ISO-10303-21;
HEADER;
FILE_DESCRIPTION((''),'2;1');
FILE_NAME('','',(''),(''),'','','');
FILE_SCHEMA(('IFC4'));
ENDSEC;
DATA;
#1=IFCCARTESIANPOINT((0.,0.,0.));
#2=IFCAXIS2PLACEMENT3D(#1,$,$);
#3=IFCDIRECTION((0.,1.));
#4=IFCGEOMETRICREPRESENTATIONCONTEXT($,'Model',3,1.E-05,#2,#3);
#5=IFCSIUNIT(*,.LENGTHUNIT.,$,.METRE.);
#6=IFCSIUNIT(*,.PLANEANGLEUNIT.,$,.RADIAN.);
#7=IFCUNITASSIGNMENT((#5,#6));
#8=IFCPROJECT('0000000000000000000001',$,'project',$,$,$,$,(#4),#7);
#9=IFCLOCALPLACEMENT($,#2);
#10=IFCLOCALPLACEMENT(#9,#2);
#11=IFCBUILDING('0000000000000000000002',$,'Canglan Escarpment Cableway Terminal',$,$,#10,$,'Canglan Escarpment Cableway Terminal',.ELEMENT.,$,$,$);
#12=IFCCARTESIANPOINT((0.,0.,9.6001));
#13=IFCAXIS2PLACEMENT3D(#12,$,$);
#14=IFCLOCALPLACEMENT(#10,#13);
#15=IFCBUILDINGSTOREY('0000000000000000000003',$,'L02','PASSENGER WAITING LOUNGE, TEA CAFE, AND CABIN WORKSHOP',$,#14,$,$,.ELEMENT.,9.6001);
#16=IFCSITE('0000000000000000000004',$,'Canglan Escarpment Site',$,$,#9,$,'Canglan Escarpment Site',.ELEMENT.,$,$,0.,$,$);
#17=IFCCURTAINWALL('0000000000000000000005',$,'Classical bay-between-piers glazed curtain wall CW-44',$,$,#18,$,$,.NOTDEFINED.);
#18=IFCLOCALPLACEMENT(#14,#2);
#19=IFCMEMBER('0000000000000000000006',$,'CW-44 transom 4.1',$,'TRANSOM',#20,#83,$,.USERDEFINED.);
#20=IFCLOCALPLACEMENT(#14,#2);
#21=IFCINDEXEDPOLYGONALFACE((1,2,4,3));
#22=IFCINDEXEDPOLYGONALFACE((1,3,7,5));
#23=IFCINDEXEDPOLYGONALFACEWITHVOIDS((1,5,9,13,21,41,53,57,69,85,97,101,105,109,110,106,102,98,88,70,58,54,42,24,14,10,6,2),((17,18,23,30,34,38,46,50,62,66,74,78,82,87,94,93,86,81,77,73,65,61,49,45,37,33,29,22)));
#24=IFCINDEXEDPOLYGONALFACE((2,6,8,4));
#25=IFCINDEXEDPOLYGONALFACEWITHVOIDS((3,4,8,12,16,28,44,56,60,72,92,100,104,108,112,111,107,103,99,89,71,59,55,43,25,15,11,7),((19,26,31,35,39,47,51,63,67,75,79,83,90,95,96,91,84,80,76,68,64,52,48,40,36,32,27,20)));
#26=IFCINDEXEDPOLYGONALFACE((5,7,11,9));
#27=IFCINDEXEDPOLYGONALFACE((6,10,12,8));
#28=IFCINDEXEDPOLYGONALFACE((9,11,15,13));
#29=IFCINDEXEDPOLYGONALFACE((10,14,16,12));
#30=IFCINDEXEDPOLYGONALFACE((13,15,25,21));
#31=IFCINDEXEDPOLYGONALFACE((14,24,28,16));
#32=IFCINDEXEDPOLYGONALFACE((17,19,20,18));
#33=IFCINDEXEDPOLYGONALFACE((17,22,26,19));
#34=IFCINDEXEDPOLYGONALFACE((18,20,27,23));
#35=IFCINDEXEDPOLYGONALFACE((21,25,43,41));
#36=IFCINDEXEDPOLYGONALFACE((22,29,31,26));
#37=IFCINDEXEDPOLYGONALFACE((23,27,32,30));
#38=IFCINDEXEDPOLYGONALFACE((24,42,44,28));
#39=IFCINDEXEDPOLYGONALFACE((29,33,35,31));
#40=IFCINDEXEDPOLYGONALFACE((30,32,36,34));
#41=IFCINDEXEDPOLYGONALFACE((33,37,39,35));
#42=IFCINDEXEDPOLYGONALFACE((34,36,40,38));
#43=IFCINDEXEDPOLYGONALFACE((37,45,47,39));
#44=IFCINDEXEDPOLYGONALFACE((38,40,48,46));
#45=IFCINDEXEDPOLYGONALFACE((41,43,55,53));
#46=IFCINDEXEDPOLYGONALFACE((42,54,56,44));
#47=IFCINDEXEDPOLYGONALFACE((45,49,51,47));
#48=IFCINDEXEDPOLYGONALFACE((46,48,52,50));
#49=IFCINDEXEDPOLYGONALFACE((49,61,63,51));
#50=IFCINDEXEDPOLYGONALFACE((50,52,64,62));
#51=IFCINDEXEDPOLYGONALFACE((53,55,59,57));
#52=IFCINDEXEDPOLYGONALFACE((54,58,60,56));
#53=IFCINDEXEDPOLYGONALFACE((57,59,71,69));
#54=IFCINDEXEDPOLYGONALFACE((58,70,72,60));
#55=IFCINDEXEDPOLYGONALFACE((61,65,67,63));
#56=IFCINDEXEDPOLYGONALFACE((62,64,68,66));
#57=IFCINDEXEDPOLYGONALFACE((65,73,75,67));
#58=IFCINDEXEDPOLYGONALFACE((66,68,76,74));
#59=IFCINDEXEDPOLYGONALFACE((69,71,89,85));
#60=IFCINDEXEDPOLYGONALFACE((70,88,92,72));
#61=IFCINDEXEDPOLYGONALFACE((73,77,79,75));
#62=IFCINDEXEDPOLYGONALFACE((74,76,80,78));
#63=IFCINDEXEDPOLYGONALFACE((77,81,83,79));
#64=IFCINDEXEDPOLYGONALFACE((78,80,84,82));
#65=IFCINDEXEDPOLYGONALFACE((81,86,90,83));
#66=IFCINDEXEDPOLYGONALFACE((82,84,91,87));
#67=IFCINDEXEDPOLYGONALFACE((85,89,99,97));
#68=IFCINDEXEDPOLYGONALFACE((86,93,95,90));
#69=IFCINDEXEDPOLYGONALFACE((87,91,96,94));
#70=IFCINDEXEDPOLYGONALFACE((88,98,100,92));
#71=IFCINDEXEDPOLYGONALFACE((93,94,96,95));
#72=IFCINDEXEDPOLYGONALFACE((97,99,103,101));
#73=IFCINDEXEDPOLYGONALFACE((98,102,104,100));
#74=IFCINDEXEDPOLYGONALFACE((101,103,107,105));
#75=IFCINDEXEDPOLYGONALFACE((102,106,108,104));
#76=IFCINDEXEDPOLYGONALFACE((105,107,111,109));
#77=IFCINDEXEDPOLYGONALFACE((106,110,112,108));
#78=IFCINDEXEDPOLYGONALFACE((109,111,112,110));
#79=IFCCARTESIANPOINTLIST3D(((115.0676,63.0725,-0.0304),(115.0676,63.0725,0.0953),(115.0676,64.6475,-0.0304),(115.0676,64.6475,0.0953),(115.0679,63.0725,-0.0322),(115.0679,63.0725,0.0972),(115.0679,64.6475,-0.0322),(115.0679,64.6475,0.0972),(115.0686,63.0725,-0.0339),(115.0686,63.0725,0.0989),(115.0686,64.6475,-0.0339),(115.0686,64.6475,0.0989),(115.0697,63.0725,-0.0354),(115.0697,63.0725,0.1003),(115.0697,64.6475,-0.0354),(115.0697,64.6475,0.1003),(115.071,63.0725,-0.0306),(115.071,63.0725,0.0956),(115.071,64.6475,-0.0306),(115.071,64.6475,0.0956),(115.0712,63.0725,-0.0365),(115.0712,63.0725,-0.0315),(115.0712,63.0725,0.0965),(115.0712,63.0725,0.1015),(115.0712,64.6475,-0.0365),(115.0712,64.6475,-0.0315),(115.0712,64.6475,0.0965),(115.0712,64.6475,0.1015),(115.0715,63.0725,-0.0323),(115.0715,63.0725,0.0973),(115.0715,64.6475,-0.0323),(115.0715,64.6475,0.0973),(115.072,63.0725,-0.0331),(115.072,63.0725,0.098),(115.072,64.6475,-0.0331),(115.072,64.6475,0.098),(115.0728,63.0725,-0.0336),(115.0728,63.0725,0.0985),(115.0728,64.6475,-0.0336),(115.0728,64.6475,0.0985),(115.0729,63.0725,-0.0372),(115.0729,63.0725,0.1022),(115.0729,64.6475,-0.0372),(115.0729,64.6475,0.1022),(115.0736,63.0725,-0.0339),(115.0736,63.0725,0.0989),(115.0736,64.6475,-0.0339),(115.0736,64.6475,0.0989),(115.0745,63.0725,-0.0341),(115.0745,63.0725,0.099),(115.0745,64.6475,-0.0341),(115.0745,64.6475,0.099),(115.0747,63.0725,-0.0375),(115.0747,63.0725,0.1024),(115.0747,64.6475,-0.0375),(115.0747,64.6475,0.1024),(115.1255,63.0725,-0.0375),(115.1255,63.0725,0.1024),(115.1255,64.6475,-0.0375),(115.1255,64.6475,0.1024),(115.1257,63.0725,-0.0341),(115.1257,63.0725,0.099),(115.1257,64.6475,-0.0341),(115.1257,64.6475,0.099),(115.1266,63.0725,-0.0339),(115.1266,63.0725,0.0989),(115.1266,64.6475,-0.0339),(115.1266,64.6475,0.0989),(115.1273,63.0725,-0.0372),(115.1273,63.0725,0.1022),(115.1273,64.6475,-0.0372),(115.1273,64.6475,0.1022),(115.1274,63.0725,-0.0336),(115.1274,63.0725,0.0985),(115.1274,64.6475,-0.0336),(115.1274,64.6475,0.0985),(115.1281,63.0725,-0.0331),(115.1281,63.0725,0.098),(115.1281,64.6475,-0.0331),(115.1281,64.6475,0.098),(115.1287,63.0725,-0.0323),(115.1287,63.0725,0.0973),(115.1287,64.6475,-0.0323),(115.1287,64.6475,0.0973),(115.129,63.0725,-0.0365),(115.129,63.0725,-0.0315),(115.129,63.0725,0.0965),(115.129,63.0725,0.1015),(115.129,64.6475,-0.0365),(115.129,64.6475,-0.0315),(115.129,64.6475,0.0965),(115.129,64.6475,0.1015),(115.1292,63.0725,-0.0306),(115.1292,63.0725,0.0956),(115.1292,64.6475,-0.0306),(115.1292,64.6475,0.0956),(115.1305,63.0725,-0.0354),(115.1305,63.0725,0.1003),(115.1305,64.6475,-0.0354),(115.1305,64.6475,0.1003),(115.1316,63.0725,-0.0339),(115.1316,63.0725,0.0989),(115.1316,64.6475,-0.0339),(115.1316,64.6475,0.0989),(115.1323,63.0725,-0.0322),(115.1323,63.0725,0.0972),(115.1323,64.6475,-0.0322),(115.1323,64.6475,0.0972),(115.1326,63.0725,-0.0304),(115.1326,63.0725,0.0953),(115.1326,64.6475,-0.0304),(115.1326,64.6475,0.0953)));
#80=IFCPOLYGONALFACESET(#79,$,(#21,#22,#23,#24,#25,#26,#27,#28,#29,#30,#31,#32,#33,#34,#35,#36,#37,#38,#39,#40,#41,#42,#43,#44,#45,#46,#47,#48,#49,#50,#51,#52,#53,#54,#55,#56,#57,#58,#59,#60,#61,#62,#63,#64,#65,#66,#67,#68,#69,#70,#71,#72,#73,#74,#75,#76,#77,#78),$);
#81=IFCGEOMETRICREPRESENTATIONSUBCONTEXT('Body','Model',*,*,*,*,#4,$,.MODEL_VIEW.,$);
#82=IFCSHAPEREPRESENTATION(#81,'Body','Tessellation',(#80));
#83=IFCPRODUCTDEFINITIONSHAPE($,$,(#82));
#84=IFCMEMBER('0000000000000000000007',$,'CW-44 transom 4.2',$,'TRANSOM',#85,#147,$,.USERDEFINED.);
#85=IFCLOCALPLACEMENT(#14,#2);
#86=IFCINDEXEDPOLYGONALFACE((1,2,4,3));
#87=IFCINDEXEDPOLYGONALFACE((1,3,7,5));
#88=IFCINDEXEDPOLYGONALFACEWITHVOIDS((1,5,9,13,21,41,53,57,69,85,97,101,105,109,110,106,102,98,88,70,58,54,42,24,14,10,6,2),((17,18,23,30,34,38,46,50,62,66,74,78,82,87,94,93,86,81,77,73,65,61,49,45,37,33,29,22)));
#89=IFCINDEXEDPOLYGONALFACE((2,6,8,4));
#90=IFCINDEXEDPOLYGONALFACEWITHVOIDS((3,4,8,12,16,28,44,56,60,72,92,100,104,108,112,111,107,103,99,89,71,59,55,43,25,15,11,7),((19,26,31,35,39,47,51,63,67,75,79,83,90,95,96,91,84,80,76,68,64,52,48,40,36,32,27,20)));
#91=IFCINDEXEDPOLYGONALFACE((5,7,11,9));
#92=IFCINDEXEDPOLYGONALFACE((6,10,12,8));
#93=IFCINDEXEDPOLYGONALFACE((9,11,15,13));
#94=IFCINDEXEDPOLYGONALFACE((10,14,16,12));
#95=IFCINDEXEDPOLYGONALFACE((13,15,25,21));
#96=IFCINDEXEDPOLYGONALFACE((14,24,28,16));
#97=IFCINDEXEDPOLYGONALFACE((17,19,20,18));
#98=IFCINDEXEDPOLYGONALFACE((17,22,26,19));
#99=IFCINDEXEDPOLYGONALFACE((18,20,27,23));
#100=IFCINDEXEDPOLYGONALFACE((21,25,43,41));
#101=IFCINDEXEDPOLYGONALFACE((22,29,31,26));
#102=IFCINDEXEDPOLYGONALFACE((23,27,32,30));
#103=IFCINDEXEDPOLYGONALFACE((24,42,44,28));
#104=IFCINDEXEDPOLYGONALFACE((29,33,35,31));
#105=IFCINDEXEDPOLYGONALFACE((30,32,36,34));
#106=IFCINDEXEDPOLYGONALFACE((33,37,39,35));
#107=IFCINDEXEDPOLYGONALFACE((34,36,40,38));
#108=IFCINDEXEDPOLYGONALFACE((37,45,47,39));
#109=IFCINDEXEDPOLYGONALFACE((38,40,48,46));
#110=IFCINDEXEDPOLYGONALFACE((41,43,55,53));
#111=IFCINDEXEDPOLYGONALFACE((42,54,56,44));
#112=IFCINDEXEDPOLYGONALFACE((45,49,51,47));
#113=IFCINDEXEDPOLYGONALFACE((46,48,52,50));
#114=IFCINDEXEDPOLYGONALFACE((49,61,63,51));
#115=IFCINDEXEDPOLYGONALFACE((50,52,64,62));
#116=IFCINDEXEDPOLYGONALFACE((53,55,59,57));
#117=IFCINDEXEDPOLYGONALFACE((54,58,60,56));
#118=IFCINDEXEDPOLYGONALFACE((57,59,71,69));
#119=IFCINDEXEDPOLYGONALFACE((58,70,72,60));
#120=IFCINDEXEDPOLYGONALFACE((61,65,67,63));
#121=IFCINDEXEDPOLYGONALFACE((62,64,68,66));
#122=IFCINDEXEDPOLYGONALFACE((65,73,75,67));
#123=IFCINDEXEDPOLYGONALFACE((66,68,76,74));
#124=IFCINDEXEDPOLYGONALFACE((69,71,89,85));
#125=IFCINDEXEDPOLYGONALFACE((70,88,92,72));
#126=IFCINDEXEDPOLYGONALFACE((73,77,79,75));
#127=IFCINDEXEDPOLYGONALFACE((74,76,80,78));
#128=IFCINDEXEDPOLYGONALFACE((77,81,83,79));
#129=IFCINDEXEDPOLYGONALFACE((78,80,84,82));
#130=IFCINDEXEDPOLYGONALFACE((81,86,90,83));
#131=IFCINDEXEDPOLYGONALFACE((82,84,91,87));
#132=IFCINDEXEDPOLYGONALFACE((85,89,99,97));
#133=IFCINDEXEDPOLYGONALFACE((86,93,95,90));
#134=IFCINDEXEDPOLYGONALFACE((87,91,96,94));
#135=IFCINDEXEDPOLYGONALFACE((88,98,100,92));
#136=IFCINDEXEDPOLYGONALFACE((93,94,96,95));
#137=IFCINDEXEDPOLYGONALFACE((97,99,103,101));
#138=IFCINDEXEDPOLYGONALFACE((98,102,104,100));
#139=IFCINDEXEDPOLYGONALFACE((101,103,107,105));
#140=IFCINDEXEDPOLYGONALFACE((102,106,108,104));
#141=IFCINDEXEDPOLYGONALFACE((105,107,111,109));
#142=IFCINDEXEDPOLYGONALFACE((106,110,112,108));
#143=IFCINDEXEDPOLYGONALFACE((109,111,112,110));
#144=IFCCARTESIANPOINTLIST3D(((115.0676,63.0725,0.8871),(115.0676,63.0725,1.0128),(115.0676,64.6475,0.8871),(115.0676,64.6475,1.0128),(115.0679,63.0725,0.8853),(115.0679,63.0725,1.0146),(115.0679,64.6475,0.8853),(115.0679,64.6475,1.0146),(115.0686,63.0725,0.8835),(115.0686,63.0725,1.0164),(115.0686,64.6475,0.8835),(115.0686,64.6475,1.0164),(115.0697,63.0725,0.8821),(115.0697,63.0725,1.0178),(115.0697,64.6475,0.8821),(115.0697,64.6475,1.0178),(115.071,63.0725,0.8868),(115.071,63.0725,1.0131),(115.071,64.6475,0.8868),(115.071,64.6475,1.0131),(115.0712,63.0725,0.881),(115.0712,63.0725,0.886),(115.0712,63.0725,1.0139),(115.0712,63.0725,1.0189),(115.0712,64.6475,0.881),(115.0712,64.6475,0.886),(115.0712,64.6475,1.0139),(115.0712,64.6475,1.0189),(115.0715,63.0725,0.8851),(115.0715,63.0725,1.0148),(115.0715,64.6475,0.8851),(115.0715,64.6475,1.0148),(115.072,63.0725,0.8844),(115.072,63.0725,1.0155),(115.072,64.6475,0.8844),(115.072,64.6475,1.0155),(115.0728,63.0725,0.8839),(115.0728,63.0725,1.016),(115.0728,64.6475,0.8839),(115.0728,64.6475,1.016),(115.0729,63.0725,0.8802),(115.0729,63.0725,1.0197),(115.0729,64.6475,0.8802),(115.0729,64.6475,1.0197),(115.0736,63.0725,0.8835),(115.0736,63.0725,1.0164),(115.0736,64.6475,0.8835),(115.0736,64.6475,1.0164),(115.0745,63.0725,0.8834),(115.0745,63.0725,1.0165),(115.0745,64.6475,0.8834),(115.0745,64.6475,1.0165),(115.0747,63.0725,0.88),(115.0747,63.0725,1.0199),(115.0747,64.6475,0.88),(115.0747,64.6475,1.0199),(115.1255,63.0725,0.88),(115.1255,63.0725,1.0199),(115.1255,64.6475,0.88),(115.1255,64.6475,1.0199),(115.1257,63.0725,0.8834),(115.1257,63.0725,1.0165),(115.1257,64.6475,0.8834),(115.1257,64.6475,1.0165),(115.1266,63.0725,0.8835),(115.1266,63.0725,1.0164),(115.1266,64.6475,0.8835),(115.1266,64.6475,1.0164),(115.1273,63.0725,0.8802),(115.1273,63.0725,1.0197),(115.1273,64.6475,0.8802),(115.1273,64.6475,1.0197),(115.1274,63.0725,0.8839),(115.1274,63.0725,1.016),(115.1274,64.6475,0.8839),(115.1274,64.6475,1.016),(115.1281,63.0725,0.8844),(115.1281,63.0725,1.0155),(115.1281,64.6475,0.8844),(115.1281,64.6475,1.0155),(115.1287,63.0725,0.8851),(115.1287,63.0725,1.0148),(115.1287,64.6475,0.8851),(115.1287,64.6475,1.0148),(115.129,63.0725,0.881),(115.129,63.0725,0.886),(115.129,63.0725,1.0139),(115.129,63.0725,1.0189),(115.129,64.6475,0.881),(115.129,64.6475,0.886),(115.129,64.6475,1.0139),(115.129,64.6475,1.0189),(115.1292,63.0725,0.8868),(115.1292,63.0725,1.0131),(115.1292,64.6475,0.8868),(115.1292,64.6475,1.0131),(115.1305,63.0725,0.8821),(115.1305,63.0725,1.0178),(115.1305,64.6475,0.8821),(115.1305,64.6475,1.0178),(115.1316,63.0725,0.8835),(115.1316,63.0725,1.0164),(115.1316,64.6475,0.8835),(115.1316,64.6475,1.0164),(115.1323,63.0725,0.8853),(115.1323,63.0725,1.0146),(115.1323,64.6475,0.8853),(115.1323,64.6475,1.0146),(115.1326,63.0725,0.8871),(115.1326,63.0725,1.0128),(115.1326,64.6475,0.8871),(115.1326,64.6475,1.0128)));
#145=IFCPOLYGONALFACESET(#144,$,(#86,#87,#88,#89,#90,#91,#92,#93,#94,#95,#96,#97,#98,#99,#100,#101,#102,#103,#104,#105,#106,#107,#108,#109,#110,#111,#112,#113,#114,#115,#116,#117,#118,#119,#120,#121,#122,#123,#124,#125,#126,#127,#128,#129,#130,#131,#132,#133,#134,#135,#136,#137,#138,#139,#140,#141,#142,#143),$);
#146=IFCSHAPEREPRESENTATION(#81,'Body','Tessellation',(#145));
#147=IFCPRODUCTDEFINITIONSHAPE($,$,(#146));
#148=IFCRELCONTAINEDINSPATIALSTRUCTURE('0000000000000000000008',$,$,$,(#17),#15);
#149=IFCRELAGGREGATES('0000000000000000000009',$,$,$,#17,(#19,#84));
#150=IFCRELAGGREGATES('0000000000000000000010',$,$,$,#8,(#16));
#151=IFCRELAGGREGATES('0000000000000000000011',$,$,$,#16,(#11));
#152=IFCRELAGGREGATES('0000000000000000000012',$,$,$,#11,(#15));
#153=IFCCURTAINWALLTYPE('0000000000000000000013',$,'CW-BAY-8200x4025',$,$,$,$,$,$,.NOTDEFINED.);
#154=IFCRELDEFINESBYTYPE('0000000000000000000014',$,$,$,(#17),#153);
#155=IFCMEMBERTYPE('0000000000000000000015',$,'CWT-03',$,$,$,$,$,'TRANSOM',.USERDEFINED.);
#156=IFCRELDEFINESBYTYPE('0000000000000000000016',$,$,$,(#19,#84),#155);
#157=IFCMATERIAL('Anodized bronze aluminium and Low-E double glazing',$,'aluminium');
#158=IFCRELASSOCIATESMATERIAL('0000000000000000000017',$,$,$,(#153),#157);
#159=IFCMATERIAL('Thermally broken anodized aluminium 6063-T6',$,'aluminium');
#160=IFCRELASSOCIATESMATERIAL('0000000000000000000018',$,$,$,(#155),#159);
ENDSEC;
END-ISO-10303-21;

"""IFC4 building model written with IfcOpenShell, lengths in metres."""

from ifc_helpers import new_model, si_unit, direction, frame, origin, origin_2d, place, context, subcontext, project, spatial, hollow_rectangle, extrude, material, material_profile, profile_set, type_object, element, aggregate, save


model = new_model("IFC4")

# Units and contexts
model_context = context("Model", 3, precision=1e-05, world=origin(), true_north=direction((0.0, 1.0)))
body_context = subcontext(model_context, "Body", "Model", "MODEL_VIEW")
ifc_project = project(units=[si_unit("LENGTHUNIT", "METRE"), si_unit("PLANEANGLEUNIT", "RADIAN")], contexts=[model_context])

# Site, building, storey
site_placement = place(None, origin())
site = spatial("IfcSite", under=ifc_project, at=site_placement, Name="Canglan Escarpment Site", LongName="Canglan Escarpment Site", CompositionType="ELEMENT", RefElevation=0.0)
building_placement = place(site_placement, origin())
building = spatial("IfcBuilding", under=site, at=building_placement, Name="Canglan Escarpment Cableway Terminal", LongName="Canglan Escarpment Cableway Terminal", CompositionType="ELEMENT")
storey_placement = place(building_placement, frame((0.0, 0.0, 9.6001)))
storey = spatial("IfcBuildingStorey", under=building, at=storey_placement, Name="L02", Description="PASSENGER WAITING LOUNGE, TEA CAFE, AND CABIN WORKSHOP", CompositionType="ELEMENT", Elevation=9.6001)

# Curtain wall, members
ifc_material_1 = material(Name="Anodized bronze aluminium and Low-E double glazing", Category="aluminium")
curtain_wall_type = type_object("IfcCurtainWallType", Name="CW-BAY-8200x4025", PredefinedType="NOTDEFINED", material=ifc_material_1)
curtain_wall_placement = place(storey_placement, origin())
curtain_wall = element("IfcCurtainWall", 1, at=curtain_wall_placement, inside=storey, type_object=curtain_wall_type, Name="Classical bay-between-piers glazed curtain wall CW-44", PredefinedType="NOTDEFINED")
ifc_material_2 = material(Name="Thermally broken anodized aluminium 6063-T6", Category="aluminium")
ifc_material_profile_1 = material_profile(ifc_material_2, hollow_rectangle(XDim=0.0649, YDim=0.1399, WallThickness=0.0034, InnerFilletRadius=0.0034, OuterFilletRadius=0.0071, at=origin_2d()), Name="ALU-TRAN 65x140x3.5")
ifc_profile_set_1 = profile_set([ifc_material_profile_1], Name="Thermally broken anodized aluminium 6063-T6")
member_type_1 = type_object("IfcMemberType", Name="CWT-03", ElementType="TRANSOM", PredefinedType="USERDEFINED", material=ifc_profile_set_1)
member_1_placement = place(storey_placement, frame((115.1001, 64.6475, 0.0325), z_axis=(0.0, -1.0, 0.0), x_axis=(1.0, 0.0, 0.0)))
member_1 = element("IfcMember", 2, at=member_1_placement, type_object=member_type_1, Name="CW-44 transom 4.1", ObjectType="TRANSOM", PredefinedType="USERDEFINED", context=body_context, shape_type="SweptSolid", body=[
    extrude(hollow_rectangle(XDim=0.0649, YDim=0.1399, WallThickness=0.0034, InnerFilletRadius=0.0034, OuterFilletRadius=0.0071, at=origin_2d()), origin(), (0.0, 0.0, 1.0), 1.575),
])
member_2_placement = place(storey_placement, frame((115.1001, 64.6475, 0.95), z_axis=(0.0, -1.0, 0.0), x_axis=(1.0, 0.0, 0.0)))
member_2 = element("IfcMember", 3, at=member_2_placement, type_object=member_type_1, Name="CW-44 transom 4.2", ObjectType="TRANSOM", PredefinedType="USERDEFINED", context=body_context, shape_type="SweptSolid", body=[
    extrude(hollow_rectangle(XDim=0.0649, YDim=0.1399, WallThickness=0.0034, InnerFilletRadius=0.0034, OuterFilletRadius=0.0071, at=origin_2d()), origin(), (0.0, 0.0, 1.0), 1.575),
])

aggregate(curtain_wall, [member_1, member_2])

save(model, "model.ifc")
